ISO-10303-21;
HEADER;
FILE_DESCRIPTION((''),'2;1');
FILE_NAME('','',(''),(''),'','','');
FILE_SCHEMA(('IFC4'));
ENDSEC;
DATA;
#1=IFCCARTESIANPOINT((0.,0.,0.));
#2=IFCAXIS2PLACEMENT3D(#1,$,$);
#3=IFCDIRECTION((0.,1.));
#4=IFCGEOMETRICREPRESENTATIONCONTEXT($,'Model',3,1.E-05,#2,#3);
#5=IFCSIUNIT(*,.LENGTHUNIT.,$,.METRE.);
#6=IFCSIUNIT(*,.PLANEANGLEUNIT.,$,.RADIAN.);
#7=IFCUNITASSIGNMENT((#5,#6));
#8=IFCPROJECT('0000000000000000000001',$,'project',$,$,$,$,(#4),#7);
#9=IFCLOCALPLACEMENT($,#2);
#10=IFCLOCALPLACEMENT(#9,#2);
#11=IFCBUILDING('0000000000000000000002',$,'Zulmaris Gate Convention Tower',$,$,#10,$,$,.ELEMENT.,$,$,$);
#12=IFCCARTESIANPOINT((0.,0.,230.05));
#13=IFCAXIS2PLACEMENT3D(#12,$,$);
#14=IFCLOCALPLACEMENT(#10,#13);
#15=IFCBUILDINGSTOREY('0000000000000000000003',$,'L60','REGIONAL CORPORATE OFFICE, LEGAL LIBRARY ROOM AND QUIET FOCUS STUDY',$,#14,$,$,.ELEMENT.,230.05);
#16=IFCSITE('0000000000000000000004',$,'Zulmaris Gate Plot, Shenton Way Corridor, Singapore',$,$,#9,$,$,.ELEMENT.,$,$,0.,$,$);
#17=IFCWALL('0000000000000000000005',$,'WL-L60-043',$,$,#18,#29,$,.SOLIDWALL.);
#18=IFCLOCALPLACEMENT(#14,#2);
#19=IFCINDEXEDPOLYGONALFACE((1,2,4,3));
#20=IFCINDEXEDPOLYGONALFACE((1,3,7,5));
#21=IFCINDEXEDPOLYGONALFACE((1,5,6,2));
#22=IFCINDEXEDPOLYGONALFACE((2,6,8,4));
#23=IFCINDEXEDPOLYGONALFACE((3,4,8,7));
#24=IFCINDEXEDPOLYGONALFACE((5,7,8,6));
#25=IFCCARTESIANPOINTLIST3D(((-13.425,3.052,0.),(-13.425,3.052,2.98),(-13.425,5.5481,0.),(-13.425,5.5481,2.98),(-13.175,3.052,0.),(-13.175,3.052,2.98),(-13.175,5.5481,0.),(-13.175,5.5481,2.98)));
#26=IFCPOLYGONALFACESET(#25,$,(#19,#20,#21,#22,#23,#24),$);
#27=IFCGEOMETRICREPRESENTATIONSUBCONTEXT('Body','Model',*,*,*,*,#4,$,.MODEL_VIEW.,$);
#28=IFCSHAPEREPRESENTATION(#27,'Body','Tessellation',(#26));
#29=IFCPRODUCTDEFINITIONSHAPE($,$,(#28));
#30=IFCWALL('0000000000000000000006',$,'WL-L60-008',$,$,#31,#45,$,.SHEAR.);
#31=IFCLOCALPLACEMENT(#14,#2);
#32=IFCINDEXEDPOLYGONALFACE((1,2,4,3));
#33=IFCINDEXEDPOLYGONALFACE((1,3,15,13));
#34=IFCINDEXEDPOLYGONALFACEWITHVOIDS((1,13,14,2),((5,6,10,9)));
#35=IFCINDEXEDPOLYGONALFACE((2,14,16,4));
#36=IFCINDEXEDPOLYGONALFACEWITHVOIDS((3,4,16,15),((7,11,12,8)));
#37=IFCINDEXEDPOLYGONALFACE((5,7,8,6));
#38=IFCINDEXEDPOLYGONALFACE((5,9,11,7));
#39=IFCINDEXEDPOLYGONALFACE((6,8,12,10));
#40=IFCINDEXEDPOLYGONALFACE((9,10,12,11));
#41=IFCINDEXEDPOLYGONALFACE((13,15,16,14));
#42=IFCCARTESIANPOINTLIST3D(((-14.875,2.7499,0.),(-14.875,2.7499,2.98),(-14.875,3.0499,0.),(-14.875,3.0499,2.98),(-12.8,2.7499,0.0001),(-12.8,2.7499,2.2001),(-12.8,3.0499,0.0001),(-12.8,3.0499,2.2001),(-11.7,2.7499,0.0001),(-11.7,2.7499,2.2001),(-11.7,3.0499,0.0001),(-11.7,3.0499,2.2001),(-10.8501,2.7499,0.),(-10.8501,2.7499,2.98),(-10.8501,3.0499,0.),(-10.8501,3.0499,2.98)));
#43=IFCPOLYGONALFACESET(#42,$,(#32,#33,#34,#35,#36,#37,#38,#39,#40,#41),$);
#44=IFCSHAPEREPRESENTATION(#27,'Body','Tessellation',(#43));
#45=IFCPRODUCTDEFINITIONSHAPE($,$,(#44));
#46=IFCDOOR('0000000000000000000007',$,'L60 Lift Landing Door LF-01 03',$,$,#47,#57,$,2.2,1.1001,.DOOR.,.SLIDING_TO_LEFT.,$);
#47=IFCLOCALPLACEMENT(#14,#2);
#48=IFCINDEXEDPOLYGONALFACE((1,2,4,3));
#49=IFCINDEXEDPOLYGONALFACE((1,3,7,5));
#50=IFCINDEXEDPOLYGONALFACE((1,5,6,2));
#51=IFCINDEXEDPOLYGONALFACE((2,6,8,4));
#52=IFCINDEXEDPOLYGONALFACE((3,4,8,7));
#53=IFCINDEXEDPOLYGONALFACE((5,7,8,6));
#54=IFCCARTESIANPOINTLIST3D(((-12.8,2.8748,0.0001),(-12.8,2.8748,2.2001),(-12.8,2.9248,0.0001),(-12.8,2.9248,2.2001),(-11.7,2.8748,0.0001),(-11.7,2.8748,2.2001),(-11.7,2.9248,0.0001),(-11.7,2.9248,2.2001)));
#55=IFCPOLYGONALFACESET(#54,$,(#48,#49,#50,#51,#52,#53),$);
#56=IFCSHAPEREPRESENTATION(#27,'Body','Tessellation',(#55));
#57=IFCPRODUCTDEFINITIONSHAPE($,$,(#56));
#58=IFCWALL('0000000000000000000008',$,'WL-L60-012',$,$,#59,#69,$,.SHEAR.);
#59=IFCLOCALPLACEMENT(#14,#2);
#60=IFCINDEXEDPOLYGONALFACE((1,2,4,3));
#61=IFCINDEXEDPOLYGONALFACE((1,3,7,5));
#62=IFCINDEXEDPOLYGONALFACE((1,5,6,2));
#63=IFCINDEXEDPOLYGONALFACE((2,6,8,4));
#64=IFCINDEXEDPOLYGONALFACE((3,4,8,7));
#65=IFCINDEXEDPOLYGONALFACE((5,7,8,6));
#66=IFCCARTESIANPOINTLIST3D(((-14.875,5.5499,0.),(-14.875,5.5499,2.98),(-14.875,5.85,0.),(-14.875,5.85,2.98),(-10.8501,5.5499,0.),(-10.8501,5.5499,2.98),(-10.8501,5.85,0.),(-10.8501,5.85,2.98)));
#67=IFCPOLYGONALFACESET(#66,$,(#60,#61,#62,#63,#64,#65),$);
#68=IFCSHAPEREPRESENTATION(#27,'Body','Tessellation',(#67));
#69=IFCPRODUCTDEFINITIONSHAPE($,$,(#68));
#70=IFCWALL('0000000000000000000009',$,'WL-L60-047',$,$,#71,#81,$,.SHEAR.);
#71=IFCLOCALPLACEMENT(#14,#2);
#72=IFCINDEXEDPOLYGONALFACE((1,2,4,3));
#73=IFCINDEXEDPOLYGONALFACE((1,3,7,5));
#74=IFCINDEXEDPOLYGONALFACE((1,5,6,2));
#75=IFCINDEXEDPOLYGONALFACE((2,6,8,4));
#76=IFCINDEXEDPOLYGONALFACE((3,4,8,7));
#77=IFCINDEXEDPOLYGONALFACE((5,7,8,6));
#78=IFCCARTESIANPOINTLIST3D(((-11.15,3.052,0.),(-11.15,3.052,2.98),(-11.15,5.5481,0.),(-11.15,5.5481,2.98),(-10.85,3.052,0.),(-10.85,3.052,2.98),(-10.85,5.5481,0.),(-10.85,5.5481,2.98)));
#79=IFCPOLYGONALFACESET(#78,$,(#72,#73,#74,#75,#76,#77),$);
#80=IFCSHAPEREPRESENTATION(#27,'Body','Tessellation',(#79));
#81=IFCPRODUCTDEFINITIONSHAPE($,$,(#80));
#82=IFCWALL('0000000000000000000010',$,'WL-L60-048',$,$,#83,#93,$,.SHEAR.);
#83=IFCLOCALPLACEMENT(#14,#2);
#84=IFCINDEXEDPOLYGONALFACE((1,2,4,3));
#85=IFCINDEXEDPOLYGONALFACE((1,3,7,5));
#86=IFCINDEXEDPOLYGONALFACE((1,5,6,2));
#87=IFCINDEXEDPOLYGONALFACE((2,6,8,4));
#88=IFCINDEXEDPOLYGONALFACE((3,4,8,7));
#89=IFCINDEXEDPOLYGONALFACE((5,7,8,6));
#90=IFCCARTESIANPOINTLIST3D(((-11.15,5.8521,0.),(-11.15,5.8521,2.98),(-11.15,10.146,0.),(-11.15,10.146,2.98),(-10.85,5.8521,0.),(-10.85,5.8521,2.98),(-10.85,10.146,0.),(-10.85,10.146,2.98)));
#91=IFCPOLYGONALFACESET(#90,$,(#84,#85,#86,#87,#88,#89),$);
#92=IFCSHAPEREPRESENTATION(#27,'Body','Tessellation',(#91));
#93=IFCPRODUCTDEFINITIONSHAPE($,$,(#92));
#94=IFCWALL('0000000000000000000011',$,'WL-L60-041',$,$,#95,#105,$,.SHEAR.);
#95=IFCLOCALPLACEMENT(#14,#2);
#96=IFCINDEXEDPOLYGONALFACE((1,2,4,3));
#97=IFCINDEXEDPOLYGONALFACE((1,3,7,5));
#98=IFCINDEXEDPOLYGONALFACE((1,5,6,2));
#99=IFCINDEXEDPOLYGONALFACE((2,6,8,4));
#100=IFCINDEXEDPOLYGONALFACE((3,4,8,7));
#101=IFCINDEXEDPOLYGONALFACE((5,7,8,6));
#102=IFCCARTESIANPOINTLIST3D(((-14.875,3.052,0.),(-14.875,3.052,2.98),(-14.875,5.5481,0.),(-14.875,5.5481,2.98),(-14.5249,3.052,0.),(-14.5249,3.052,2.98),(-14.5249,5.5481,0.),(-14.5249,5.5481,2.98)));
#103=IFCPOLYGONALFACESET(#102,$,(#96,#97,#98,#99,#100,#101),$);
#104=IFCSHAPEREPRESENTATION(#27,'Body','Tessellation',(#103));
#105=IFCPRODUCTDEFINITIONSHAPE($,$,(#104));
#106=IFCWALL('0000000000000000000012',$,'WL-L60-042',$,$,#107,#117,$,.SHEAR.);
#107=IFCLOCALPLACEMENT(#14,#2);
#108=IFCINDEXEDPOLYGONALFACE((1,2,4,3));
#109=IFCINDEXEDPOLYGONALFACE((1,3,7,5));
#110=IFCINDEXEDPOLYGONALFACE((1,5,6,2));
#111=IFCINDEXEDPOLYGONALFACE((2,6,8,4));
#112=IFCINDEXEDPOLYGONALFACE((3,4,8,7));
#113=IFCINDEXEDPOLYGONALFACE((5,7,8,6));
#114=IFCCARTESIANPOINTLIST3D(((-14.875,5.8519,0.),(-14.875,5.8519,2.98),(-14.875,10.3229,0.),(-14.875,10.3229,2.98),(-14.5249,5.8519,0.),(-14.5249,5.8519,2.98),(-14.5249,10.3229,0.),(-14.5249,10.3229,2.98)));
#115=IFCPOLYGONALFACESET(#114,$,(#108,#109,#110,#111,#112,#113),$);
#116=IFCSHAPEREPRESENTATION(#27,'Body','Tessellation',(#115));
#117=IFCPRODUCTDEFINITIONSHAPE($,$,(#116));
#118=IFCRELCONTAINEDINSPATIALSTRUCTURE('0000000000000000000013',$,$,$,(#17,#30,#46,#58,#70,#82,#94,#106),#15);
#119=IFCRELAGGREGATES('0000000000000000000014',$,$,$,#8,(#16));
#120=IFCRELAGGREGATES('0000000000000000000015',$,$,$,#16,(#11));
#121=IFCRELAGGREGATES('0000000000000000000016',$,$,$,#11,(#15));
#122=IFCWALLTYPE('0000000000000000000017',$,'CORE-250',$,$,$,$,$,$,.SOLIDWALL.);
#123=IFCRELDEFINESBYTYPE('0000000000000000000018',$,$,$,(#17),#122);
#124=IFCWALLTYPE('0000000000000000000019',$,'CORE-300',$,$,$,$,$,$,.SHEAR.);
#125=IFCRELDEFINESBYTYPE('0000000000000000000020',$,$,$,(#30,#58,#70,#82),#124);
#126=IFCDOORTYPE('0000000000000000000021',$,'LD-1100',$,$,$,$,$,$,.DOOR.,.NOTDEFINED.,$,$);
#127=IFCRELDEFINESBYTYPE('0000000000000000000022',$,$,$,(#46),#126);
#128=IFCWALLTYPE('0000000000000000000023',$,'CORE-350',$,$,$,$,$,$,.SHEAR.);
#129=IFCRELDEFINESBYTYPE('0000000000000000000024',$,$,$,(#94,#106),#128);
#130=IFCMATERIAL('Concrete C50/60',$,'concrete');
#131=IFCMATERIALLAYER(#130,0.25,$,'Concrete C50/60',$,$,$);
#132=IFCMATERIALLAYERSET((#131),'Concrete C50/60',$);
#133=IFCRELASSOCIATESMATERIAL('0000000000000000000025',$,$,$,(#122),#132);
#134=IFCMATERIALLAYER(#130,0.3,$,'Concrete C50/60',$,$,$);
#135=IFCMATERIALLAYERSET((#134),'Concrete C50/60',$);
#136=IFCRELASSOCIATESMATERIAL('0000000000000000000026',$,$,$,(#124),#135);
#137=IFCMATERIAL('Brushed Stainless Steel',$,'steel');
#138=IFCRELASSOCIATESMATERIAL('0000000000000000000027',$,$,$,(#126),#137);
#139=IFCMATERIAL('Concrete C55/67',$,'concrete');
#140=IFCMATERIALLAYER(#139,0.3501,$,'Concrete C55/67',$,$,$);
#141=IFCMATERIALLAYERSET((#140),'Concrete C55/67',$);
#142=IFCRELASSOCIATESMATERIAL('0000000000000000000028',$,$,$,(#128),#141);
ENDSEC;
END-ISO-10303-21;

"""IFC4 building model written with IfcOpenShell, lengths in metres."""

from ifc_helpers import new_model, si_unit, direction, frame, frame_2d, origin, place, context, subcontext, project, spatial, rectangle, extrude, material, layer, layer_set, type_object, element, fill, save


model = new_model("IFC4")

# Units and contexts
model_context = context("Model", 3, precision=1e-05, world=origin(), true_north=direction((0.0, 1.0)))
body_context = subcontext(model_context, "Body", "Model", "MODEL_VIEW")
ifc_project = project(units=[si_unit("LENGTHUNIT", "METRE"), si_unit("PLANEANGLEUNIT", "RADIAN")], contexts=[model_context])

# Site, building, storey
site_placement = place(None, origin())
site = spatial("IfcSite", under=ifc_project, at=site_placement, Name="Zulmaris Gate Plot, Shenton Way Corridor, Singapore", CompositionType="ELEMENT", RefElevation=0.0)
building_placement = place(site_placement, origin())
building = spatial("IfcBuilding", under=site, at=building_placement, Name="Zulmaris Gate Convention Tower", CompositionType="ELEMENT")
storey_placement = place(building_placement, frame((0.0, 0.0, 230.05)))
storey = spatial("IfcBuildingStorey", under=building, at=storey_placement, Name="L60", Description="REGIONAL CORPORATE OFFICE, LEGAL LIBRARY ROOM AND QUIET FOCUS STUDY", CompositionType="ELEMENT", Elevation=230.05)

# Shared definitions
ifc_material_1 = material(Name="Concrete C50/60", Category="concrete")

# Wall
ifc_layer_1 = layer(ifc_material_1, 0.25, Name="Concrete C50/60")
ifc_layer_set_1 = layer_set([ifc_layer_1], Name="Concrete C50/60")
wall_type_1 = type_object("IfcWallType", Name="CORE-250", PredefinedType="SOLIDWALL", material=ifc_layer_set_1)
wall_1_placement = place(storey_placement, frame((-13.3, 3.052, 0.0), z_axis=(0.0, 0.0, 1.0), x_axis=(0.0, 1.0, 0.0)))
element("IfcWall", 1, at=wall_1_placement, inside=storey, type_object=wall_type_1, Name="WL-L60-043", PredefinedType="SOLIDWALL", context=body_context, shape_type="SweptSolid", body=[
    extrude(rectangle(XDim=2.4961, YDim=0.25, at=frame_2d((1.248, 0.0))), origin(), (0.0, 0.0, 1.0), 2.98),
])

# Wall, opening, door
ifc_layer_2 = layer(ifc_material_1, 0.3, Name="Concrete C50/60")
ifc_layer_set_2 = layer_set([ifc_layer_2], Name="Concrete C50/60")
wall_type_2 = type_object("IfcWallType", Name="CORE-300", PredefinedType="SHEAR", material=ifc_layer_set_2)
wall_2_placement = place(storey_placement, frame((-14.875, 2.8999, 0.0), z_axis=(0.0, 0.0, 1.0), x_axis=(1.0, 0.0, 0.0)))
wall_2 = element("IfcWall", 2, at=wall_2_placement, inside=storey, type_object=wall_type_2, Name="WL-L60-008", PredefinedType="SHEAR", context=body_context, shape_type="SweptSolid", body=[
    extrude(rectangle(XDim=4.0249, YDim=0.3, at=frame_2d((2.0125, 0.0))), origin(), (0.0, 0.0, 1.0), 2.98),
])
opening_1_placement = place(wall_2_placement, frame((2.075, 0.0, 0.0)))
opening_1 = element("IfcOpeningElement", 3, at=opening_1_placement, cuts=wall_2, PredefinedType="OPENING", context=body_context, shape_type="SweptSolid", body=[
    extrude(rectangle(XDim=1.1001, YDim=2.2, at=frame_2d((0.55, 1.1001))), frame((0.0, 0.1602, 0.0), z_axis=(0.0, -1.0, 0.0), x_axis=(1.0, 0.0, 0.0)), (0.0, 0.0, 1.0), 0.3201),
])
ifc_material_2 = material(Name="Brushed Stainless Steel", Category="steel")
door_type_1 = type_object("IfcDoorType", Name="LD-1100", OperationType="NOTDEFINED", PredefinedType="DOOR", material=ifc_material_2)
door_1_placement = place(opening_1_placement, origin())
door_1 = element("IfcDoor", 4, at=door_1_placement, inside=storey, type_object=door_type_1, Name="L60 Lift Landing Door LF-01 03", OperationType="SLIDING_TO_LEFT", OverallHeight=2.2, OverallWidth=1.1001, PredefinedType="DOOR", context=body_context, shape_type="SweptSolid", body=[
    extrude(rectangle(XDim=1.1001, YDim=2.2, at=frame_2d((0.55, 1.1001))), frame((0.0, 0.0249, 0.0), z_axis=(0.0, -1.0, 0.0), x_axis=(1.0, 0.0, 0.0)), (0.0, 0.0, 1.0), 0.05),
])
fill(opening_1, door_1)

# Wall
wall_3_placement = place(storey_placement, frame((-14.875, 5.7, 0.0), z_axis=(0.0, 0.0, 1.0), x_axis=(1.0, 0.0, 0.0)))
element("IfcWall", 5, at=wall_3_placement, inside=storey, type_object=wall_type_2, Name="WL-L60-012", PredefinedType="SHEAR", context=body_context, shape_type="SweptSolid", body=[
    extrude(rectangle(XDim=4.0249, YDim=0.3, at=frame_2d((2.0125, 0.0))), origin(), (0.0, 0.0, 1.0), 2.98),
])

# Walls
wall_4_placement = place(storey_placement, frame((-11.0, 3.052, 0.0), z_axis=(0.0, 0.0, 1.0), x_axis=(0.0, 1.0, 0.0)))
element("IfcWall", 6, at=wall_4_placement, inside=storey, type_object=wall_type_2, Name="WL-L60-047", PredefinedType="SHEAR", context=body_context, shape_type="SweptSolid", body=[
    extrude(rectangle(XDim=2.4961, YDim=0.3, at=frame_2d((1.248, 0.0))), origin(), (0.0, 0.0, 1.0), 2.98),
])
wall_5_placement = place(storey_placement, frame((-11.0, 5.8521, 0.0), z_axis=(0.0, 0.0, 1.0), x_axis=(0.0, 1.0, 0.0)))
element("IfcWall", 7, at=wall_5_placement, inside=storey, type_object=wall_type_2, Name="WL-L60-048", PredefinedType="SHEAR", context=body_context, shape_type="SweptSolid", body=[
    extrude(rectangle(XDim=4.2939, YDim=0.3, at=frame_2d((2.147, 0.0))), origin(), (0.0, 0.0, 1.0), 2.98),
])
ifc_material_3 = material(Name="Concrete C55/67", Category="concrete")
ifc_layer_3 = layer(ifc_material_3, 0.3501, Name="Concrete C55/67")
ifc_layer_set_3 = layer_set([ifc_layer_3], Name="Concrete C55/67")
wall_type_3 = type_object("IfcWallType", Name="CORE-350", PredefinedType="SHEAR", material=ifc_layer_set_3)
wall_6_placement = place(storey_placement, frame((-14.7, 3.052, 0.0), z_axis=(0.0, 0.0, 1.0), x_axis=(0.0, 1.0, 0.0)))
element("IfcWall", 8, at=wall_6_placement, inside=storey, type_object=wall_type_3, Name="WL-L60-041", PredefinedType="SHEAR", context=body_context, shape_type="SweptSolid", body=[
    extrude(rectangle(XDim=2.4961, YDim=0.3501, at=frame_2d((1.248, 0.0))), origin(), (0.0, 0.0, 1.0), 2.98),
])
wall_7_placement = place(storey_placement, frame((-14.7, 5.8521, 0.0), z_axis=(0.0, 0.0, 1.0), x_axis=(0.0, 1.0, 0.0)))
element("IfcWall", 9, at=wall_7_placement, inside=storey, type_object=wall_type_3, Name="WL-L60-042", PredefinedType="SHEAR", context=body_context, shape_type="SweptSolid", body=[
    extrude(rectangle(XDim=4.4709, YDim=0.3501, at=frame_2d((2.2354, 0.0))), origin(), (0.0, 0.0, 1.0), 2.98),
])

save(model, "model.ifc")
